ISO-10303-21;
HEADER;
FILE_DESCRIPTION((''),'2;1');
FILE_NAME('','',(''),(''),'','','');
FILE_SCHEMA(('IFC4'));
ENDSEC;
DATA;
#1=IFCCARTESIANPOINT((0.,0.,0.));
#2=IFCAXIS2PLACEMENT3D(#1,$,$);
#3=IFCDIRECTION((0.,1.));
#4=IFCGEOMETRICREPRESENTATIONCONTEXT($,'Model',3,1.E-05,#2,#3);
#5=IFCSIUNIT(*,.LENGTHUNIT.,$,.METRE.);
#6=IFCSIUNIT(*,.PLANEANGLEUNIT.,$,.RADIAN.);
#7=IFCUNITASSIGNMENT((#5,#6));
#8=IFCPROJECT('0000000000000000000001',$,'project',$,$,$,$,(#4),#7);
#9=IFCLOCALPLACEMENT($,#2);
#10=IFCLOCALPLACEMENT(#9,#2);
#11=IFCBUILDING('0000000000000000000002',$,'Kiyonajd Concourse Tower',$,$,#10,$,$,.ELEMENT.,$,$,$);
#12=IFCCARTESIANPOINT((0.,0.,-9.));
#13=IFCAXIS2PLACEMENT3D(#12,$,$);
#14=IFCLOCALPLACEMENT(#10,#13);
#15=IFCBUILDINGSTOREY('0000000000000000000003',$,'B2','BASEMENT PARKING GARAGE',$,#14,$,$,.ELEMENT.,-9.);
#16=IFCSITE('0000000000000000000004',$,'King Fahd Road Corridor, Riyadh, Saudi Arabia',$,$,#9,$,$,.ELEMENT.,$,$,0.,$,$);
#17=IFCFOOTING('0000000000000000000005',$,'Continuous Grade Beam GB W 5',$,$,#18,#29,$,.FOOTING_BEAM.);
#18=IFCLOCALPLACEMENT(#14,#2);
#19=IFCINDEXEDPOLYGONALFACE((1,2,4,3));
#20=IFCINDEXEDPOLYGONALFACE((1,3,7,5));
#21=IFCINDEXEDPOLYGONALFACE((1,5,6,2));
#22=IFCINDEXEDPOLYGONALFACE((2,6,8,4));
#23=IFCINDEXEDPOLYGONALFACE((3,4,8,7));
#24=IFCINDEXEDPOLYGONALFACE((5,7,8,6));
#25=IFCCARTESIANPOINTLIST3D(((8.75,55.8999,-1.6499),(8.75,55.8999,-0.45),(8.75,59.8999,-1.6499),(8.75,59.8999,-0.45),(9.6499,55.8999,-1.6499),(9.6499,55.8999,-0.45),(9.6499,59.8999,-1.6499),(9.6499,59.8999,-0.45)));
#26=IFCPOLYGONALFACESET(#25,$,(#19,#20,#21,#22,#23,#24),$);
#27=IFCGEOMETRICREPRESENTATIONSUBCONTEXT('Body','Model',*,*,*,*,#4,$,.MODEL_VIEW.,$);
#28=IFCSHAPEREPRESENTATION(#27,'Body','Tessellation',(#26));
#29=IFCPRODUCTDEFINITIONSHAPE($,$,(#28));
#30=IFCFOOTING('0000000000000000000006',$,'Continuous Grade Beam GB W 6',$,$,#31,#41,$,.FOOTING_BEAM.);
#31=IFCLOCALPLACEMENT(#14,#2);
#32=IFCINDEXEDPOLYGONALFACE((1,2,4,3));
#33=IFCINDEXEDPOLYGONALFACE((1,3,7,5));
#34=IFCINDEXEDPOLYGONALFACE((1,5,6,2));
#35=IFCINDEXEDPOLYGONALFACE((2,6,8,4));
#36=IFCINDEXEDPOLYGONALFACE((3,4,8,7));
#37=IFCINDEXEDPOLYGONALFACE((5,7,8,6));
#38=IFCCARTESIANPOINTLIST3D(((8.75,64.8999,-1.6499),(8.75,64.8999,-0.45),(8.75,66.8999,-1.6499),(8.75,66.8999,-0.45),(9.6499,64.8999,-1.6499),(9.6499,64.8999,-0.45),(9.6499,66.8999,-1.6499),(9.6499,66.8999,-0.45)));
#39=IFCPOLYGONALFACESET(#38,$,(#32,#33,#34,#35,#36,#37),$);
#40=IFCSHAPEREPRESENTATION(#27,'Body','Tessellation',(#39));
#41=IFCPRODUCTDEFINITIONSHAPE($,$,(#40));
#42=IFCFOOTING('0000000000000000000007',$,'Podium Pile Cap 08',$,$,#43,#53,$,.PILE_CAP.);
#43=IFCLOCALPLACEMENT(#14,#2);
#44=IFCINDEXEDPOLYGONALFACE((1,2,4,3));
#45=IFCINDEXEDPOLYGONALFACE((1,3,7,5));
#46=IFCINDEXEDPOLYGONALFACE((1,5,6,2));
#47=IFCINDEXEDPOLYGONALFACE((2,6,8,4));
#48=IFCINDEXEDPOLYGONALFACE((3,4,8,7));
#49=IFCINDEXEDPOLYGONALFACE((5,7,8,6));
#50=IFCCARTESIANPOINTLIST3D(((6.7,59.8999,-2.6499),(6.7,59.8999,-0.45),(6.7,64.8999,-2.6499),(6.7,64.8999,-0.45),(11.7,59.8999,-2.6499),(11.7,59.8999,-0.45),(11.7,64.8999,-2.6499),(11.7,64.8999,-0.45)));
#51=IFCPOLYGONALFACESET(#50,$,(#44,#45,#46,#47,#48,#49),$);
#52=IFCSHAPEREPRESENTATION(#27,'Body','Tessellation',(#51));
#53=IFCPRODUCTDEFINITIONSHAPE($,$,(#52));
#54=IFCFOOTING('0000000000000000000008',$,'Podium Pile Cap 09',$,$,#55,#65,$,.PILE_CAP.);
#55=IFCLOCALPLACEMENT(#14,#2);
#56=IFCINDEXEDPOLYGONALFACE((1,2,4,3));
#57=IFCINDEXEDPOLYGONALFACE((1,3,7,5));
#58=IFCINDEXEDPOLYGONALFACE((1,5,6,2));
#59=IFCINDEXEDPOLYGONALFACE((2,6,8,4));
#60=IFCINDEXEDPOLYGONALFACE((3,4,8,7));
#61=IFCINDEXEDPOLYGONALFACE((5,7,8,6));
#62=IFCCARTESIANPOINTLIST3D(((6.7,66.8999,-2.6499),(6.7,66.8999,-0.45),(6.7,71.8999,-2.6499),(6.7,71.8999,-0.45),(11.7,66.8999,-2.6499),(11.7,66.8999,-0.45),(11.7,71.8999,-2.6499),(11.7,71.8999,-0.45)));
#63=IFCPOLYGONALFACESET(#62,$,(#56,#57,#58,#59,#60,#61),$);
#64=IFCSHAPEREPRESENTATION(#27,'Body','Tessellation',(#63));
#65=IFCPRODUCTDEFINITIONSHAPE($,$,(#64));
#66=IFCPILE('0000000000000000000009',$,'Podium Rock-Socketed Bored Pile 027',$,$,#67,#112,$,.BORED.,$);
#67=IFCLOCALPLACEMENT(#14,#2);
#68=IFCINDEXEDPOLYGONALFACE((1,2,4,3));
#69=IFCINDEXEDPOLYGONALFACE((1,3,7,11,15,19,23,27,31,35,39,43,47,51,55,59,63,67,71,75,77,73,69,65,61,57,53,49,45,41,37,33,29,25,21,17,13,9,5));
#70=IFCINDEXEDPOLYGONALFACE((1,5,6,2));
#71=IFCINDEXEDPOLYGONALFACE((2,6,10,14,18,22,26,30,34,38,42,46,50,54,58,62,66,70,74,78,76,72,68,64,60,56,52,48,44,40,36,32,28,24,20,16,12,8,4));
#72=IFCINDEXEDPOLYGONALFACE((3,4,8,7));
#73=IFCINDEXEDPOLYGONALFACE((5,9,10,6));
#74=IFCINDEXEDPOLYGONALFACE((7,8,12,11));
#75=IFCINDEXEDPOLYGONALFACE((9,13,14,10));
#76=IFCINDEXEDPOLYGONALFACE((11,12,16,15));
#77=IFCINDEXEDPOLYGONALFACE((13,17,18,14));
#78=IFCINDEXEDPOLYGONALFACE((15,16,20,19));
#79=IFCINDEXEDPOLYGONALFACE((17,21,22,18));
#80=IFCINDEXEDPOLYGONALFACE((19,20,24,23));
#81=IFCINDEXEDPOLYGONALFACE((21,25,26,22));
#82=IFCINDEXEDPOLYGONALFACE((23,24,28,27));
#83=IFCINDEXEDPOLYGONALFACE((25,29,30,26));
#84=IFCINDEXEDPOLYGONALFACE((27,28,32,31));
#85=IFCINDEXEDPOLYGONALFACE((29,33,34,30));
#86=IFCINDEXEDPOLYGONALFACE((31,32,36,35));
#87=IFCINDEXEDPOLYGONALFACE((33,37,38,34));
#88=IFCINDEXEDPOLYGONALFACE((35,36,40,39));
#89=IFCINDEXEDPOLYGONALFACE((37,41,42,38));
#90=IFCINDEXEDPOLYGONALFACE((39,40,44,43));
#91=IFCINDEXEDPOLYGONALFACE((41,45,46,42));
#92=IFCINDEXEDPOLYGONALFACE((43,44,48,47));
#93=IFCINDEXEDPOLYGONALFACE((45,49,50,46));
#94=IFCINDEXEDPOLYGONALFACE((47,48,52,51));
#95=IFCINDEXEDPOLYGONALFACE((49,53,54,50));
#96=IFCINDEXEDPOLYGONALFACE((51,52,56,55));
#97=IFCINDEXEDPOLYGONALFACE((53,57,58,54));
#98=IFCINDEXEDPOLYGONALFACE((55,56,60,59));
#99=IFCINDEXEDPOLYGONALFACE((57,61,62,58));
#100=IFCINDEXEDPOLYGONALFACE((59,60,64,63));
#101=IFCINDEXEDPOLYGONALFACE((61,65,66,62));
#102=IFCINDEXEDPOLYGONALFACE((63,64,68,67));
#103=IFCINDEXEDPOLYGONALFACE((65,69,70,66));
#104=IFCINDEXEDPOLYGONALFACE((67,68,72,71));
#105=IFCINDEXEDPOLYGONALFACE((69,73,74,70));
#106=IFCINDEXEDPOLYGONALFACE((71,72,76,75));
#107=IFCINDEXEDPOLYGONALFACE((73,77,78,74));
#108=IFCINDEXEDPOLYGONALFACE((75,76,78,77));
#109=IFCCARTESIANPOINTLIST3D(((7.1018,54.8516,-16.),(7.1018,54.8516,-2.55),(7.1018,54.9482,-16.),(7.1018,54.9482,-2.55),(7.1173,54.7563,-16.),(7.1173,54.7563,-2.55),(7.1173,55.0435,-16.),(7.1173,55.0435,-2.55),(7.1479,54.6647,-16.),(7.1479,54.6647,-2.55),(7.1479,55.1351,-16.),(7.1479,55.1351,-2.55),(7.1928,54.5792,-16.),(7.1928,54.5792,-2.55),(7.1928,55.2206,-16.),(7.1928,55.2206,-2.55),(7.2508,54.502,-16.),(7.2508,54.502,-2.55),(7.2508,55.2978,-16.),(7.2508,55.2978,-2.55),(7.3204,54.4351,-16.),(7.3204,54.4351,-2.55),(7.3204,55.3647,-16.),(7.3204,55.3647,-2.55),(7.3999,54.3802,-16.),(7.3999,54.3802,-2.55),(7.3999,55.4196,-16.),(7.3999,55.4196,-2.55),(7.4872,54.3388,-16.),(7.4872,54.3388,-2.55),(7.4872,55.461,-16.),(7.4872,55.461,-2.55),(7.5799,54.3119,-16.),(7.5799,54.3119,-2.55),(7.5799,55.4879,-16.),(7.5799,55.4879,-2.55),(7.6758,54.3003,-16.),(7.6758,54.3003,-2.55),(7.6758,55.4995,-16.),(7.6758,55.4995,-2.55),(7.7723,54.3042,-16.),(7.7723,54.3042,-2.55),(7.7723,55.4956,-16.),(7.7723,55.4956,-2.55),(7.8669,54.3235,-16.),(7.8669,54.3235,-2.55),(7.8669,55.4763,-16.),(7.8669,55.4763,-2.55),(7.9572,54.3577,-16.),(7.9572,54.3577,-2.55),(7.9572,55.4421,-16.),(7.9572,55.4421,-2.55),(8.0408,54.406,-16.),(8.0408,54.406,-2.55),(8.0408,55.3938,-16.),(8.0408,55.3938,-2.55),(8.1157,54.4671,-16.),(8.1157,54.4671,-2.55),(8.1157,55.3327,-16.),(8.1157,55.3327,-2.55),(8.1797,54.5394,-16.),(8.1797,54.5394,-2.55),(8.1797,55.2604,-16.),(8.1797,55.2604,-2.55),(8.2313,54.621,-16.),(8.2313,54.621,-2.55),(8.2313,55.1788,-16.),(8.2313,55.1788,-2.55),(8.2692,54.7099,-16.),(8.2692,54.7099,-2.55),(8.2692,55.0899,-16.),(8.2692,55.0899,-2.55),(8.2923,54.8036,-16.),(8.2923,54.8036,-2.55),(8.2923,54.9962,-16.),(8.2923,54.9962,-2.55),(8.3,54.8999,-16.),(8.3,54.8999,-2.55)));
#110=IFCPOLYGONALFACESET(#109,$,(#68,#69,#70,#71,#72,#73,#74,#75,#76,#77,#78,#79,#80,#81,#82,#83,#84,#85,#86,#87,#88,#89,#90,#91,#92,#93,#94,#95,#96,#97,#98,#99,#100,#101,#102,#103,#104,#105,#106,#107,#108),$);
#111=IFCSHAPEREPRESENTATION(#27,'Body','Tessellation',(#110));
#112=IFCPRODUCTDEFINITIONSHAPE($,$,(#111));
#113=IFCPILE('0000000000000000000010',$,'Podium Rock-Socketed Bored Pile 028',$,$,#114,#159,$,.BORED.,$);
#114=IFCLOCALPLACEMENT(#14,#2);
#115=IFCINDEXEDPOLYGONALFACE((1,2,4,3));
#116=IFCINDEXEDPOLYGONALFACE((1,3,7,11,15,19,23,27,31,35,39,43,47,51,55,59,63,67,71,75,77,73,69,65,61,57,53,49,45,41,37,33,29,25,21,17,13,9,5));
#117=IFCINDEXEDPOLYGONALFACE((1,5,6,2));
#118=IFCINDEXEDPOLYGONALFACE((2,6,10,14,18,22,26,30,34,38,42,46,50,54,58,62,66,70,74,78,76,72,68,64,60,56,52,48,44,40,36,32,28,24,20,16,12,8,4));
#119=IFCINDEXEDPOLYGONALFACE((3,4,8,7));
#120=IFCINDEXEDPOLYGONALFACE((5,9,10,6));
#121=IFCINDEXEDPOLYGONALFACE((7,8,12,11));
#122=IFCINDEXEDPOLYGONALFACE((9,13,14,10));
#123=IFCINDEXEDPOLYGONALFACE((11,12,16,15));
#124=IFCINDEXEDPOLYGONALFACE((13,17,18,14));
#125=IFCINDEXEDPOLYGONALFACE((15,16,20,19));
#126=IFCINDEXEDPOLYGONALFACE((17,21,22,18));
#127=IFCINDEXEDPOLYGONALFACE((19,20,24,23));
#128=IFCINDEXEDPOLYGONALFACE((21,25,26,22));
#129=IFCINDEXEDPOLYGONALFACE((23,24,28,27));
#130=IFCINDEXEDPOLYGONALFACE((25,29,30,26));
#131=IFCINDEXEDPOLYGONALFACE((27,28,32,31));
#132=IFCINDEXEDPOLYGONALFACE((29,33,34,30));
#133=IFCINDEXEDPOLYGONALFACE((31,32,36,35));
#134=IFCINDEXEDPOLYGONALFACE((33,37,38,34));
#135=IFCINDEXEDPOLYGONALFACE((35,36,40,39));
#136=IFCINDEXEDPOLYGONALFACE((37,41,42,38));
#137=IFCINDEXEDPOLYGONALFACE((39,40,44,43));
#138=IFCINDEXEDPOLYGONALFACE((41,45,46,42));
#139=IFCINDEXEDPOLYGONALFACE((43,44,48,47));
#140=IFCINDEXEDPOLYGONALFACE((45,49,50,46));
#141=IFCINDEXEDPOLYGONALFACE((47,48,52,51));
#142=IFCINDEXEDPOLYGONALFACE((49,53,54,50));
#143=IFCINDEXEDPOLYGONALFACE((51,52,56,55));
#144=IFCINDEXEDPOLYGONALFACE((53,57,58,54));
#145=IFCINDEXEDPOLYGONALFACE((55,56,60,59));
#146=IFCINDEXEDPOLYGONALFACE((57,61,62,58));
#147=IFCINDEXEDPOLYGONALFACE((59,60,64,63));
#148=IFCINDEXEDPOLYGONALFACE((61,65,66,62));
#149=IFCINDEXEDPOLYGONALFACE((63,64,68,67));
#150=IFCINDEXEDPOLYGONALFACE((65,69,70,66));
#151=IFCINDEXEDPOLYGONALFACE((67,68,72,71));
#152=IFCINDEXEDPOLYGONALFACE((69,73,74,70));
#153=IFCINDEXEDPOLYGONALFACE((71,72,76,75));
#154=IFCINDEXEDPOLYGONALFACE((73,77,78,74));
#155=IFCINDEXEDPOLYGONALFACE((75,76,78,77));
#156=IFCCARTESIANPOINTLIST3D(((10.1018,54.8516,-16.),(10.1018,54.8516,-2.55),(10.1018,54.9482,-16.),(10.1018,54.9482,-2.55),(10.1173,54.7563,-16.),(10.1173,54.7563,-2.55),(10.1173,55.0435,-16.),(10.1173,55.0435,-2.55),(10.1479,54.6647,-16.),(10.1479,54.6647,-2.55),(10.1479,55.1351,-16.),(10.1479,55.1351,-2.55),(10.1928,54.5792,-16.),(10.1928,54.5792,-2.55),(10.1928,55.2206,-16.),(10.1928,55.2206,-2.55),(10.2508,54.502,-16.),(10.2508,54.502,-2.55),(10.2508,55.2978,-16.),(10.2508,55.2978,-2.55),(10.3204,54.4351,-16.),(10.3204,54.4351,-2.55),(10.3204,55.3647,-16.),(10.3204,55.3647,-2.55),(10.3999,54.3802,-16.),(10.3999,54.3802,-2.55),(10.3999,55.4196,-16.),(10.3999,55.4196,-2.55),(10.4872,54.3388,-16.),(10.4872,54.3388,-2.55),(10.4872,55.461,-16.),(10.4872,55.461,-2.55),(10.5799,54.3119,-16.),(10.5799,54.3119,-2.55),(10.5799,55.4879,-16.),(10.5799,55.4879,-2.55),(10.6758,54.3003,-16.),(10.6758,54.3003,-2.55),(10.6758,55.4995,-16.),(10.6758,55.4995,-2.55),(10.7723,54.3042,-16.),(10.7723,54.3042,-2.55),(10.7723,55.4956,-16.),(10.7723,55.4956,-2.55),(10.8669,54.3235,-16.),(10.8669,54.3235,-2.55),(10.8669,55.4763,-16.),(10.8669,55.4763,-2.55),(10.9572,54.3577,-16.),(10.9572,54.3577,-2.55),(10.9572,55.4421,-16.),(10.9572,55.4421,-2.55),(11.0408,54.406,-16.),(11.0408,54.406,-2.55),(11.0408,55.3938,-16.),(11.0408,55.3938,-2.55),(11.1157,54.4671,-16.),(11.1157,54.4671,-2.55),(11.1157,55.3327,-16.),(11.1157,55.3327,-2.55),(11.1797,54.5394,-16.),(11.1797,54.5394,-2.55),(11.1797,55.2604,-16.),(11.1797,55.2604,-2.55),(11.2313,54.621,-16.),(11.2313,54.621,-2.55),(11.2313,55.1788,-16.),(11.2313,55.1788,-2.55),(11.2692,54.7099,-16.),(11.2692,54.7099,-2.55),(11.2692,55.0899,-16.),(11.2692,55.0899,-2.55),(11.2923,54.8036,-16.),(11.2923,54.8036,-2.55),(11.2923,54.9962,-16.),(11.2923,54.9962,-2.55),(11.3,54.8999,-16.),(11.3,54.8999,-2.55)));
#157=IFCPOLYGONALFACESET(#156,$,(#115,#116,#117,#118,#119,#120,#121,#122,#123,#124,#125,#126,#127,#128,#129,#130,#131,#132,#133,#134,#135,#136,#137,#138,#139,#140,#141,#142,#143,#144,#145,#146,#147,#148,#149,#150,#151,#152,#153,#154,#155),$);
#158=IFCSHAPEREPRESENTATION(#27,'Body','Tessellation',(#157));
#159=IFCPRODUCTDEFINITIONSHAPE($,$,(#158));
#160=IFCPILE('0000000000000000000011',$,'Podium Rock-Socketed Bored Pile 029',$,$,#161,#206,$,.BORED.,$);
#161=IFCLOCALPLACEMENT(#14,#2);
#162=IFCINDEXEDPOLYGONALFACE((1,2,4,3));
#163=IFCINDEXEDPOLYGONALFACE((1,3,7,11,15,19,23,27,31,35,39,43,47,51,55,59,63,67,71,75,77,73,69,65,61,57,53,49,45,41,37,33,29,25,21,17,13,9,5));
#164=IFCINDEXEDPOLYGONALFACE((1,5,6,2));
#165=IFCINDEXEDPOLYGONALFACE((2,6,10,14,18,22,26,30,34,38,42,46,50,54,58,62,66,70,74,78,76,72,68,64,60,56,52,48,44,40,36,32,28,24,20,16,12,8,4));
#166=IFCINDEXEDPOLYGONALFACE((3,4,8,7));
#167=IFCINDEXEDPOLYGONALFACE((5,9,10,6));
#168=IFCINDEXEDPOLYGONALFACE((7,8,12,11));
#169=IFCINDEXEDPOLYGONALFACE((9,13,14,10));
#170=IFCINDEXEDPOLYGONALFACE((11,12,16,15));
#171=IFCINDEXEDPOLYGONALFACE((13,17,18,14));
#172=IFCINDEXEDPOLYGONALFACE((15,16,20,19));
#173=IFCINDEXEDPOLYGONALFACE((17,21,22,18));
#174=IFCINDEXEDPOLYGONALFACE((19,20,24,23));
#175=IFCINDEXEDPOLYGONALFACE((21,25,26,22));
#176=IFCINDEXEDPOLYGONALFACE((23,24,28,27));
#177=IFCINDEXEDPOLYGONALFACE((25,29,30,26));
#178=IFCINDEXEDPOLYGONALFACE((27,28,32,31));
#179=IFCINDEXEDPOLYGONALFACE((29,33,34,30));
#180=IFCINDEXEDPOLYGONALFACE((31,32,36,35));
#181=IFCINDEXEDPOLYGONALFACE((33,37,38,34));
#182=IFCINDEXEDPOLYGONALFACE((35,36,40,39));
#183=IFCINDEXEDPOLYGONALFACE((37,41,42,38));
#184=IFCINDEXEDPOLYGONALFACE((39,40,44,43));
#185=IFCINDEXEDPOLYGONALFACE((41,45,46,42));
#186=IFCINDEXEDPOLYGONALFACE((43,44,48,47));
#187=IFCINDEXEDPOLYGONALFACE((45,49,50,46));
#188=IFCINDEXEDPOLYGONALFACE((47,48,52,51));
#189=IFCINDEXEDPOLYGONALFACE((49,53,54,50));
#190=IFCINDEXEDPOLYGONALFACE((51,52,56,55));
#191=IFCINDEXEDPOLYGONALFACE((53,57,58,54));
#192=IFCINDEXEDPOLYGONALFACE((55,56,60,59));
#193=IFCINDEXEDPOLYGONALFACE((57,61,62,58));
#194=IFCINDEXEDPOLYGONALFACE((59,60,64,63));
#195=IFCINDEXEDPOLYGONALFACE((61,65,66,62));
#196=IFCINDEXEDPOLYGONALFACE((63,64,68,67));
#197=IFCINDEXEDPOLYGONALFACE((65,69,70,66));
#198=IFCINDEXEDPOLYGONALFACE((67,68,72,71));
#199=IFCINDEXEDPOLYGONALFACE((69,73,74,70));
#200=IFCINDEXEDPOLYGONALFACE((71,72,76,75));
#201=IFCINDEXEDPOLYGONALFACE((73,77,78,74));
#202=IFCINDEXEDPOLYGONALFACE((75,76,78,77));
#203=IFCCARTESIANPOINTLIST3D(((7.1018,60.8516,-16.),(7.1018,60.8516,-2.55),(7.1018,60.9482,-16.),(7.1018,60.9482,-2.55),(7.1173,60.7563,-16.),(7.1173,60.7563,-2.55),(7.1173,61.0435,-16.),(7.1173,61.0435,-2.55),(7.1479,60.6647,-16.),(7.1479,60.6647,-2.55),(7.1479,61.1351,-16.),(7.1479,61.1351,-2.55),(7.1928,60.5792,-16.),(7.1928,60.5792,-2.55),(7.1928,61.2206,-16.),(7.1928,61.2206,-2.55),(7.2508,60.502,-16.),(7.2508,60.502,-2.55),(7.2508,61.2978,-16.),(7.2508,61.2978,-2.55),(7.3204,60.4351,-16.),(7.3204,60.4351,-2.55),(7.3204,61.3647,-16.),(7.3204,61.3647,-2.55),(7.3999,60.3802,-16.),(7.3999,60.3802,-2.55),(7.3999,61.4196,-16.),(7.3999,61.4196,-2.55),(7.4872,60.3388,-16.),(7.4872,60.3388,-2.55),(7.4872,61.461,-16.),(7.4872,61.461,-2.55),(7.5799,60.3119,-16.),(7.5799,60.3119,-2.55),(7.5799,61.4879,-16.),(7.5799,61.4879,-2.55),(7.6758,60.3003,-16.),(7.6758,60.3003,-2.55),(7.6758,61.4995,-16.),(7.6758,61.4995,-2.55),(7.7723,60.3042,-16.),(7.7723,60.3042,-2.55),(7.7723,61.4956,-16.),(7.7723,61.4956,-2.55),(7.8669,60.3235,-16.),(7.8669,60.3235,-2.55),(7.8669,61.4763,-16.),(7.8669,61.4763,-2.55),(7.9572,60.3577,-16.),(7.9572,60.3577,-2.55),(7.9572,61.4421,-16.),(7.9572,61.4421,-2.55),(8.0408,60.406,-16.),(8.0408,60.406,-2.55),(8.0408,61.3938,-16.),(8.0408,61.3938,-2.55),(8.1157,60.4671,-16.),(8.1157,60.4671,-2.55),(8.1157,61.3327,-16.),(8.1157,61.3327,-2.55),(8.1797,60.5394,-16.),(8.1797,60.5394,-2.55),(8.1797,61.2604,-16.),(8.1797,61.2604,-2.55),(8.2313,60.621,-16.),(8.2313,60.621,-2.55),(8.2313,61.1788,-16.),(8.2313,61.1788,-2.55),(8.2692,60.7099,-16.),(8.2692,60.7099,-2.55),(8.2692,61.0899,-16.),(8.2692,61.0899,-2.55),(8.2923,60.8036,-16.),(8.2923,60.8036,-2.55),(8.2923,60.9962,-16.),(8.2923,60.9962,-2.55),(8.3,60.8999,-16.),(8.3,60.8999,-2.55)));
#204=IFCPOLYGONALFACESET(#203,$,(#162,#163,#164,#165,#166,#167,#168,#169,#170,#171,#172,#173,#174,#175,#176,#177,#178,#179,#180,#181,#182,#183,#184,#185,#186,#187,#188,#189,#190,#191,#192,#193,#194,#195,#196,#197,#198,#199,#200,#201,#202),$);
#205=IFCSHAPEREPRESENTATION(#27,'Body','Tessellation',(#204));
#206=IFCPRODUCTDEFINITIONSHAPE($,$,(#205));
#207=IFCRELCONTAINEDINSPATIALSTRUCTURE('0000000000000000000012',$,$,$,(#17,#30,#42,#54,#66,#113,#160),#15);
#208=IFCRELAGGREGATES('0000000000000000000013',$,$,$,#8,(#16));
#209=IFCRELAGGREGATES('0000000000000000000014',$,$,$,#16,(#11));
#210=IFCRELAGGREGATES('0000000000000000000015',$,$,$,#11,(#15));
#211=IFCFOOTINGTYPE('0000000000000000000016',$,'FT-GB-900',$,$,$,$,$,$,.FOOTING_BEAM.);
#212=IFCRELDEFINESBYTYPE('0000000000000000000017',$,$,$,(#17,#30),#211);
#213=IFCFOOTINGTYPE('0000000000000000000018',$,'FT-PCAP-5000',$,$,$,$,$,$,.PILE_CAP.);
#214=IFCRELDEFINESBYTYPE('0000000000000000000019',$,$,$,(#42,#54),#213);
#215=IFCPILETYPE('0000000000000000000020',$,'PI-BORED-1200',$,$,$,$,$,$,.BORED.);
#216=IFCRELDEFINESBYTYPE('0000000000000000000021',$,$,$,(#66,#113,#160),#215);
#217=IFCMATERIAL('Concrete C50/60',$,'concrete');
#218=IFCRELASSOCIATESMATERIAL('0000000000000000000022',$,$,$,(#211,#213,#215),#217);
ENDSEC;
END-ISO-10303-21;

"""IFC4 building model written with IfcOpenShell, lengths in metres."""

from ifc_helpers import new_model, si_unit, direction, frame, origin, origin_2d, place, context, subcontext, project, spatial, rectangle, circle, extrude, material, material_profile, profile_set, type_object, element, save


model = new_model("IFC4")

# Units and contexts
model_context = context("Model", 3, precision=1e-05, world=origin(), true_north=direction((0.0, 1.0)))
body_context = subcontext(model_context, "Body", "Model", "MODEL_VIEW")
ifc_project = project(units=[si_unit("LENGTHUNIT", "METRE"), si_unit("PLANEANGLEUNIT", "RADIAN")], contexts=[model_context])

# Site, building, storey
site_placement = place(None, origin())
site = spatial("IfcSite", under=ifc_project, at=site_placement, Name="King Fahd Road Corridor, Riyadh, Saudi Arabia", CompositionType="ELEMENT", RefElevation=0.0)
building_placement = place(site_placement, origin())
building = spatial("IfcBuilding", under=site, at=building_placement, Name="Kiyonajd Concourse Tower", CompositionType="ELEMENT")
storey_placement = place(building_placement, frame((0.0, 0.0, -9.0)))
storey = spatial("IfcBuildingStorey", under=building, at=storey_placement, Name="B2", Description="BASEMENT PARKING GARAGE", CompositionType="ELEMENT", Elevation=-9.0)

# Footings
ifc_material_1 = material(Name="Concrete C50/60", Category="concrete")
footing_type_1 = type_object("IfcFootingType", Name="FT-GB-900", PredefinedType="FOOTING_BEAM", material=ifc_material_1)
footing_1_placement = place(storey_placement, frame((9.2, 57.8999, -1.6499), z_axis=(0.0, 0.0, 1.0), x_axis=(0.0, 1.0, 0.0)))
element("IfcFooting", 1, at=footing_1_placement, inside=storey, type_object=footing_type_1, Name="Continuous Grade Beam GB W 5", PredefinedType="FOOTING_BEAM", context=body_context, shape_type="SweptSolid", body=[
    extrude(rectangle(XDim=4.0, YDim=0.8999, at=origin_2d()), origin(), (0.0, 0.0, 1.0), 1.2),
])
footing_2_placement = place(storey_placement, frame((9.2, 65.8999, -1.6499), z_axis=(0.0, 0.0, 1.0), x_axis=(0.0, 1.0, 0.0)))
element("IfcFooting", 2, at=footing_2_placement, inside=storey, type_object=footing_type_1, Name="Continuous Grade Beam GB W 6", PredefinedType="FOOTING_BEAM", context=body_context, shape_type="SweptSolid", body=[
    extrude(rectangle(XDim=2.0, YDim=0.8999, at=origin_2d()), origin(), (0.0, 0.0, 1.0), 1.2),
])
footing_type_2 = type_object("IfcFootingType", Name="FT-PCAP-5000", PredefinedType="PILE_CAP", material=ifc_material_1)
for number, where, z_axis, x_axis, name in (
    (3, (9.2, 62.3999, -2.6499), (0.0, 0.0, 1.0), (1.0, 0.0, 0.0), "Podium Pile Cap 08"),
    (4, (9.2, 69.3999, -2.6499), (0.0, 0.0, 1.0), (1.0, 0.0, 0.0), "Podium Pile Cap 09"),
):
    element("IfcFooting", number, at=place(storey_placement, frame(where, z_axis=z_axis, x_axis=x_axis)), inside=storey, type_object=footing_type_2, Name=name, PredefinedType="PILE_CAP", context=body_context, shape_type="SweptSolid", body=[
        extrude(rectangle(XDim=5.0, YDim=5.0, at=origin_2d()), origin(), (0.0, 0.0, 1.0), 2.2),
    ])

# Piles
ifc_material_profile_1 = material_profile(ifc_material_1, circle(Radius=0.6001, at=origin_2d()), Name="PILE-D1200")
ifc_profile_set_1 = profile_set([ifc_material_profile_1], Name="Concrete C50/60")
pile_type = type_object("IfcPileType", Name="PI-BORED-1200", PredefinedType="BORED", material=ifc_profile_set_1)
for number, where, z_axis, x_axis, name in (
    (5, (7.7, 54.8999, -2.55), (0.0, 0.0, -1.0), (1.0, 0.0, 0.0), "Podium Rock-Socketed Bored Pile 027"),
    (6, (10.7, 54.8999, -2.55), (0.0, 0.0, -1.0), (1.0, 0.0, 0.0), "Podium Rock-Socketed Bored Pile 028"),
    (7, (7.7, 60.8999, -2.55), (0.0, 0.0, -1.0), (1.0, 0.0, 0.0), "Podium Rock-Socketed Bored Pile 029"),
):
    element("IfcPile", number, at=place(storey_placement, frame(where, z_axis=z_axis, x_axis=x_axis)), inside=storey, type_object=pile_type, Name=name, PredefinedType="BORED", context=body_context, shape_type="SweptSolid", body=[
        extrude(circle(Radius=0.6001, at=origin_2d()), origin(), (0.0, 0.0, 1.0), 13.45),
    ])

save(model, "model.ifc")
